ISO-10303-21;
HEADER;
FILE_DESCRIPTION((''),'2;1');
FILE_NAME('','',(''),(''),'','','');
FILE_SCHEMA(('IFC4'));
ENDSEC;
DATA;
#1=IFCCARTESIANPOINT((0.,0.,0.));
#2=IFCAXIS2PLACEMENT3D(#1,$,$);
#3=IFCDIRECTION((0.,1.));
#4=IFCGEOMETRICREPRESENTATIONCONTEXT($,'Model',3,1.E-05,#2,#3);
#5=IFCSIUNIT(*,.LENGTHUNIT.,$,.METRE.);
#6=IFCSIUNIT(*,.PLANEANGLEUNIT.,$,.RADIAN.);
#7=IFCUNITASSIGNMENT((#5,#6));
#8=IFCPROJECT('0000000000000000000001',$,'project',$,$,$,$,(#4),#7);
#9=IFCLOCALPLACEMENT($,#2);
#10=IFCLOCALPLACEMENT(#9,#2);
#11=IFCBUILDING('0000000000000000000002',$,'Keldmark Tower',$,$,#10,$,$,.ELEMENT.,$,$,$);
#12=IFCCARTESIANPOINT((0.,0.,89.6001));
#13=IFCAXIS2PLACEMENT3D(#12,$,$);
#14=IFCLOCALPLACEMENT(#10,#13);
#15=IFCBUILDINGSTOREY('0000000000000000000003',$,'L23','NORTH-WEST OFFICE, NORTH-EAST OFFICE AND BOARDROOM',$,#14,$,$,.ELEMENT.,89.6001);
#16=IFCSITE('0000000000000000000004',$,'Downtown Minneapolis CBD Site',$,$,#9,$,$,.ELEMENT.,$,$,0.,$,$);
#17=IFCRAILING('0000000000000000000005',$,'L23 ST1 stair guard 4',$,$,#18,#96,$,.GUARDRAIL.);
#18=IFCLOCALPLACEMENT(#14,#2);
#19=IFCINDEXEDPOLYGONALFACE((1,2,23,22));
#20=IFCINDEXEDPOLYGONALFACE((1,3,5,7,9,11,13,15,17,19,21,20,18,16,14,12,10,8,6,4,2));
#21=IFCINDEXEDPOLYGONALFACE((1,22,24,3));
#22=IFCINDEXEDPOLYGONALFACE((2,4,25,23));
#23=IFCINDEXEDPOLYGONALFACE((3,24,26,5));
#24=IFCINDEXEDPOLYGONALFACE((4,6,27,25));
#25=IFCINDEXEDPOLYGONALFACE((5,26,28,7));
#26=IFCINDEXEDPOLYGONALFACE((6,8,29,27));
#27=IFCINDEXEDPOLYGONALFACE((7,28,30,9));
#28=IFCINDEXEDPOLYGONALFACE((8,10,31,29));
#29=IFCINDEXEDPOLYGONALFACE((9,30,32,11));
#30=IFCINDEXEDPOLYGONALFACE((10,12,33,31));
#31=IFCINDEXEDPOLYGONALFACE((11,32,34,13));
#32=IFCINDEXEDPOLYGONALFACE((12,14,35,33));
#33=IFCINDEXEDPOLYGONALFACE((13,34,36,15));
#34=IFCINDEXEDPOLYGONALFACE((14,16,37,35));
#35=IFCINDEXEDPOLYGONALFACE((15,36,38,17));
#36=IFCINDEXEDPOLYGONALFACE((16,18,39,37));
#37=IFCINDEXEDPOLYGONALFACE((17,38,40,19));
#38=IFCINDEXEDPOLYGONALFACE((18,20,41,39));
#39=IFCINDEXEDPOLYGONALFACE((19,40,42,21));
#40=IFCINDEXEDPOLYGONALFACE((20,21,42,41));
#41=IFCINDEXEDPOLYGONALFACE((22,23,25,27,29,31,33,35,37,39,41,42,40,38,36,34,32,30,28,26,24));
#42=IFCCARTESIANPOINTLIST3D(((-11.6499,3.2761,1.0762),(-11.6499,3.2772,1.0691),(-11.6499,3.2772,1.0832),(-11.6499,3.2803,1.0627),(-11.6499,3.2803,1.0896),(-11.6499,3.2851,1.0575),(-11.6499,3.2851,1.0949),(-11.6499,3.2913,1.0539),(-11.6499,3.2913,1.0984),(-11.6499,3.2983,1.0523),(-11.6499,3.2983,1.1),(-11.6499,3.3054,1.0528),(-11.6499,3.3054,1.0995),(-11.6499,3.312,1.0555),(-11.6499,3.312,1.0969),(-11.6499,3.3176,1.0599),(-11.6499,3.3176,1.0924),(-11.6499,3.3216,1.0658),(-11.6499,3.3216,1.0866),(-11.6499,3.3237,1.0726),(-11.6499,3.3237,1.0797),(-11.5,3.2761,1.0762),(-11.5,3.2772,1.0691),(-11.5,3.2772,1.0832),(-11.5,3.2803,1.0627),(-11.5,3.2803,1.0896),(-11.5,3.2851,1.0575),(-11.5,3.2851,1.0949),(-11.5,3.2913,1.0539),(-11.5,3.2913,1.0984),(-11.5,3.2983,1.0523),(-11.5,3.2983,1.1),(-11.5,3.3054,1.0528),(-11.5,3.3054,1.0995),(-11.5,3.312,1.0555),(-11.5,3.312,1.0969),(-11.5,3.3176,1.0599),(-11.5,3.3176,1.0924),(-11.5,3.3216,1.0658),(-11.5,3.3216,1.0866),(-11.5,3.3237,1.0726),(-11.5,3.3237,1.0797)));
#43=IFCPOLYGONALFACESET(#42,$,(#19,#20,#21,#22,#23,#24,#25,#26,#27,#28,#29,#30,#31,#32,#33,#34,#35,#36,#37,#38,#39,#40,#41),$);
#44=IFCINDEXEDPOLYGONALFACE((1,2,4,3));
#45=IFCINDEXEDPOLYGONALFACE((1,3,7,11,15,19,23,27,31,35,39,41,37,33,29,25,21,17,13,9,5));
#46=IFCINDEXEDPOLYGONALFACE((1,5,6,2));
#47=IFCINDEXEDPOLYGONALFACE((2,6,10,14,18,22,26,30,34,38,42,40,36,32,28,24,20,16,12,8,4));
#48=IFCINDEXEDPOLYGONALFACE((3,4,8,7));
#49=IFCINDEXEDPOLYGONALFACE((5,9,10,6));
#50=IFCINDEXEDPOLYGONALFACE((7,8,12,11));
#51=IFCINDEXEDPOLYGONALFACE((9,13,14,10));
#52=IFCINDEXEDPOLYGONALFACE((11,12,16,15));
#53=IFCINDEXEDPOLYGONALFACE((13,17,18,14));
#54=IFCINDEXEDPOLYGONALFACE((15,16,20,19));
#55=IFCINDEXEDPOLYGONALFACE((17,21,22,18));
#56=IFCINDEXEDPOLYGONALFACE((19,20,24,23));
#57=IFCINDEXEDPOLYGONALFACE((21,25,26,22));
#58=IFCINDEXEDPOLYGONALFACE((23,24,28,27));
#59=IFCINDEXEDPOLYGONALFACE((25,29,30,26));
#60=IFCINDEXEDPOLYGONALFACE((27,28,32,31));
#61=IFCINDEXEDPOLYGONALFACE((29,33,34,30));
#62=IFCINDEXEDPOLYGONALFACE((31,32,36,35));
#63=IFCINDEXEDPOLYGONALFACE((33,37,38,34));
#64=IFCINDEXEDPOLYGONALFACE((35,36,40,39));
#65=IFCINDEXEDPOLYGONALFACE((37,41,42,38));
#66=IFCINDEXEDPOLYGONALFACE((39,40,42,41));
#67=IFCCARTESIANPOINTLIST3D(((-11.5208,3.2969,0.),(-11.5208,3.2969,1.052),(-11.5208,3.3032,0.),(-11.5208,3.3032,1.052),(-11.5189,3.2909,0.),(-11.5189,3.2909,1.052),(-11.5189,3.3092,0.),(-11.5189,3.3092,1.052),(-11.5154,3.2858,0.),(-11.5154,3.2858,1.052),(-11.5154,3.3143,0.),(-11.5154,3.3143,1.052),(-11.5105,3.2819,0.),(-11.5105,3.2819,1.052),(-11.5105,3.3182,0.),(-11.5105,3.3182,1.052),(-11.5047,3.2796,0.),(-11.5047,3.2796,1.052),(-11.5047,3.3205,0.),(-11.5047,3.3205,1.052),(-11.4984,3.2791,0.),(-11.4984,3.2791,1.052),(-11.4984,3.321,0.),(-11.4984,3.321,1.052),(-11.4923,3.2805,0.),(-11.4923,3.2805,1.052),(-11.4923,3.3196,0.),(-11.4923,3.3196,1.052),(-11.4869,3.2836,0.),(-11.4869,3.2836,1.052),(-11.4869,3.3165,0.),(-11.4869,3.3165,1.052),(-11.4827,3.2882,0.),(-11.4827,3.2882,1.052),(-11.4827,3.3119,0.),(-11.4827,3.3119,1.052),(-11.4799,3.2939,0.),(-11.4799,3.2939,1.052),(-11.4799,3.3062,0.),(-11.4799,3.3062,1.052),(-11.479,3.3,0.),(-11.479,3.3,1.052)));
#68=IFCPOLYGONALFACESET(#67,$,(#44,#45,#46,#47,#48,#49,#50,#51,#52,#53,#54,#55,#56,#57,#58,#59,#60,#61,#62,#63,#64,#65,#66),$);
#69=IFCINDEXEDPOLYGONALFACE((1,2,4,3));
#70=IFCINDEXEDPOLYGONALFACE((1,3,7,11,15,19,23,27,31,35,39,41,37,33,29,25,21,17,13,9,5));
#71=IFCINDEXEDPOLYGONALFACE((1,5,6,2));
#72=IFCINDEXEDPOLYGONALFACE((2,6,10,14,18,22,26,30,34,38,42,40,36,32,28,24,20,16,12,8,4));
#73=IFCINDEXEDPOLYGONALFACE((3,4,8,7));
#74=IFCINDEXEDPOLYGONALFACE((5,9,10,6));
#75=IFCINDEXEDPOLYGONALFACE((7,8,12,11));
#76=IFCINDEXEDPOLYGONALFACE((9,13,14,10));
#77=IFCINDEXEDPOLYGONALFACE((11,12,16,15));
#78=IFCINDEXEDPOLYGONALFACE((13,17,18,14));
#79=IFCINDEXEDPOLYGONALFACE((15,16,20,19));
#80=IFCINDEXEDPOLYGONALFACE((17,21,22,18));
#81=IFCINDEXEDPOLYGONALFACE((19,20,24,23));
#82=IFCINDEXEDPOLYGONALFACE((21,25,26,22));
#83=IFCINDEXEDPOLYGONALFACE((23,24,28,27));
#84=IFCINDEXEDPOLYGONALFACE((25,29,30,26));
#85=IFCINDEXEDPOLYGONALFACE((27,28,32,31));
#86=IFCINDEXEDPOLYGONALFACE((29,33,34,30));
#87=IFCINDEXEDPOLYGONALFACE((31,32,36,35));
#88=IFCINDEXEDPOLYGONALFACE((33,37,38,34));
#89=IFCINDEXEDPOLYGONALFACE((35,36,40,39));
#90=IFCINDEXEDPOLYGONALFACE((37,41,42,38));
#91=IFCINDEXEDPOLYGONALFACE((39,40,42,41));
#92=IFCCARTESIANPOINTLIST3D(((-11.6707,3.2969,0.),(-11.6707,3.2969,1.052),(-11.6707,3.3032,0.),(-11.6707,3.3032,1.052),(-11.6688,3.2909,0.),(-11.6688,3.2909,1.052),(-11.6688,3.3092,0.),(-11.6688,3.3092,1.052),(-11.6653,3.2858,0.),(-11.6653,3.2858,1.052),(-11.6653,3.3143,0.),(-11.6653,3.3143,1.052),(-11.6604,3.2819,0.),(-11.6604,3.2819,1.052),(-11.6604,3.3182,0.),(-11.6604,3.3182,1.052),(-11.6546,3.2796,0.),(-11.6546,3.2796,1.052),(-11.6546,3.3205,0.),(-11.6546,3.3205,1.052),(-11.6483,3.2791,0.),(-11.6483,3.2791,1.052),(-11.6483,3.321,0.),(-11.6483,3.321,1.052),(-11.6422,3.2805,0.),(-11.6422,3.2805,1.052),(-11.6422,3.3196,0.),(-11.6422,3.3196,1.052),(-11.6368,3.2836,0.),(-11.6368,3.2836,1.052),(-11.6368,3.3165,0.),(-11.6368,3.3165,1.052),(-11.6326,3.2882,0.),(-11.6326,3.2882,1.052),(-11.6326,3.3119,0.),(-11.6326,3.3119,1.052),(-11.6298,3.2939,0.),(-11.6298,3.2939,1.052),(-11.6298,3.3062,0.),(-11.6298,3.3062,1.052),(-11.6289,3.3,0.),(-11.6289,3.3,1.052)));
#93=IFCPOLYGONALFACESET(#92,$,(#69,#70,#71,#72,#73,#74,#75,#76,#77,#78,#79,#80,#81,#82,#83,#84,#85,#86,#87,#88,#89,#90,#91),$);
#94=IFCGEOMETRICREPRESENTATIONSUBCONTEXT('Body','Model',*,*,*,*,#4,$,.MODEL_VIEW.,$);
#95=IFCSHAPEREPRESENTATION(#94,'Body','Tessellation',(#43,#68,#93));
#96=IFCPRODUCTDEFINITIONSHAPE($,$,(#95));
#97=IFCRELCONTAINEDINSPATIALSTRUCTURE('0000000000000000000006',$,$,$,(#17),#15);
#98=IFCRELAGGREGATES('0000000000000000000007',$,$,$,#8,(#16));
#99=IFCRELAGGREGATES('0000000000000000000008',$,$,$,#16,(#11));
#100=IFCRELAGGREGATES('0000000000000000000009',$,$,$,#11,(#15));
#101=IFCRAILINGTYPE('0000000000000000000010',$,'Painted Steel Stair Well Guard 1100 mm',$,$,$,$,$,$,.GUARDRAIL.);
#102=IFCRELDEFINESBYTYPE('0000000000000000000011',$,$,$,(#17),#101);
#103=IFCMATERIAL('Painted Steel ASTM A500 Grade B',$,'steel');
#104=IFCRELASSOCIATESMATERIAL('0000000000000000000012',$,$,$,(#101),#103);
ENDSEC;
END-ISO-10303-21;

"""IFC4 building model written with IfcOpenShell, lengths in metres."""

from ifc_helpers import new_model, si_unit, direction, frame, origin, origin_2d, place, context, subcontext, project, spatial, circle, extrude, material, type_object, element, save


model = new_model("IFC4")

# Units and contexts
model_context = context("Model", 3, precision=1e-05, world=origin(), true_north=direction((0.0, 1.0)))
body_context = subcontext(model_context, "Body", "Model", "MODEL_VIEW")
ifc_project = project(units=[si_unit("LENGTHUNIT", "METRE"), si_unit("PLANEANGLEUNIT", "RADIAN")], contexts=[model_context])

# Site, building, storey
site_placement = place(None, origin())
site = spatial("IfcSite", under=ifc_project, at=site_placement, Name="Downtown Minneapolis CBD Site", CompositionType="ELEMENT", RefElevation=0.0)
building_placement = place(site_placement, origin())
building = spatial("IfcBuilding", under=site, at=building_placement, Name="Keldmark Tower", CompositionType="ELEMENT")
storey_placement = place(building_placement, frame((0.0, 0.0, 89.6001)))
storey = spatial("IfcBuildingStorey", under=building, at=storey_placement, Name="L23", Description="NORTH-WEST OFFICE, NORTH-EAST OFFICE AND BOARDROOM", CompositionType="ELEMENT", Elevation=89.6001)

# Railing
ifc_material_1 = material(Name="Painted Steel ASTM A500 Grade B", Category="steel")
railing_type_1 = type_object("IfcRailingType", Name="Painted Steel Stair Well Guard 1100 mm", PredefinedType="GUARDRAIL", material=ifc_material_1)
railing_1_placement = place(storey_placement, frame((-11.5, 3.3, 0.0)))
element("IfcRailing", 1, at=railing_1_placement, inside=storey, type_object=railing_type_1, Name="L23 ST1 stair guard 4", PredefinedType="GUARDRAIL", context=body_context, shape_type="SweptSolid", body=[
    extrude(circle(Radius=0.0239, at=origin_2d()), frame((0.0, 0.0, 1.0762), z_axis=(-1.0, 0.0, 0.0), x_axis=(0.0, -1.0, 0.0)), (0.0, 0.0, 1.0), 0.1499),
    extrude(circle(Radius=0.021, at=origin_2d()), origin(), (0.0, 0.0, 1.0), 1.052),
    extrude(circle(Radius=0.021, at=origin_2d()), frame((-0.1499, 0.0, 0.0)), (0.0, 0.0, 1.0), 1.052),
])

save(model, "model.ifc")
